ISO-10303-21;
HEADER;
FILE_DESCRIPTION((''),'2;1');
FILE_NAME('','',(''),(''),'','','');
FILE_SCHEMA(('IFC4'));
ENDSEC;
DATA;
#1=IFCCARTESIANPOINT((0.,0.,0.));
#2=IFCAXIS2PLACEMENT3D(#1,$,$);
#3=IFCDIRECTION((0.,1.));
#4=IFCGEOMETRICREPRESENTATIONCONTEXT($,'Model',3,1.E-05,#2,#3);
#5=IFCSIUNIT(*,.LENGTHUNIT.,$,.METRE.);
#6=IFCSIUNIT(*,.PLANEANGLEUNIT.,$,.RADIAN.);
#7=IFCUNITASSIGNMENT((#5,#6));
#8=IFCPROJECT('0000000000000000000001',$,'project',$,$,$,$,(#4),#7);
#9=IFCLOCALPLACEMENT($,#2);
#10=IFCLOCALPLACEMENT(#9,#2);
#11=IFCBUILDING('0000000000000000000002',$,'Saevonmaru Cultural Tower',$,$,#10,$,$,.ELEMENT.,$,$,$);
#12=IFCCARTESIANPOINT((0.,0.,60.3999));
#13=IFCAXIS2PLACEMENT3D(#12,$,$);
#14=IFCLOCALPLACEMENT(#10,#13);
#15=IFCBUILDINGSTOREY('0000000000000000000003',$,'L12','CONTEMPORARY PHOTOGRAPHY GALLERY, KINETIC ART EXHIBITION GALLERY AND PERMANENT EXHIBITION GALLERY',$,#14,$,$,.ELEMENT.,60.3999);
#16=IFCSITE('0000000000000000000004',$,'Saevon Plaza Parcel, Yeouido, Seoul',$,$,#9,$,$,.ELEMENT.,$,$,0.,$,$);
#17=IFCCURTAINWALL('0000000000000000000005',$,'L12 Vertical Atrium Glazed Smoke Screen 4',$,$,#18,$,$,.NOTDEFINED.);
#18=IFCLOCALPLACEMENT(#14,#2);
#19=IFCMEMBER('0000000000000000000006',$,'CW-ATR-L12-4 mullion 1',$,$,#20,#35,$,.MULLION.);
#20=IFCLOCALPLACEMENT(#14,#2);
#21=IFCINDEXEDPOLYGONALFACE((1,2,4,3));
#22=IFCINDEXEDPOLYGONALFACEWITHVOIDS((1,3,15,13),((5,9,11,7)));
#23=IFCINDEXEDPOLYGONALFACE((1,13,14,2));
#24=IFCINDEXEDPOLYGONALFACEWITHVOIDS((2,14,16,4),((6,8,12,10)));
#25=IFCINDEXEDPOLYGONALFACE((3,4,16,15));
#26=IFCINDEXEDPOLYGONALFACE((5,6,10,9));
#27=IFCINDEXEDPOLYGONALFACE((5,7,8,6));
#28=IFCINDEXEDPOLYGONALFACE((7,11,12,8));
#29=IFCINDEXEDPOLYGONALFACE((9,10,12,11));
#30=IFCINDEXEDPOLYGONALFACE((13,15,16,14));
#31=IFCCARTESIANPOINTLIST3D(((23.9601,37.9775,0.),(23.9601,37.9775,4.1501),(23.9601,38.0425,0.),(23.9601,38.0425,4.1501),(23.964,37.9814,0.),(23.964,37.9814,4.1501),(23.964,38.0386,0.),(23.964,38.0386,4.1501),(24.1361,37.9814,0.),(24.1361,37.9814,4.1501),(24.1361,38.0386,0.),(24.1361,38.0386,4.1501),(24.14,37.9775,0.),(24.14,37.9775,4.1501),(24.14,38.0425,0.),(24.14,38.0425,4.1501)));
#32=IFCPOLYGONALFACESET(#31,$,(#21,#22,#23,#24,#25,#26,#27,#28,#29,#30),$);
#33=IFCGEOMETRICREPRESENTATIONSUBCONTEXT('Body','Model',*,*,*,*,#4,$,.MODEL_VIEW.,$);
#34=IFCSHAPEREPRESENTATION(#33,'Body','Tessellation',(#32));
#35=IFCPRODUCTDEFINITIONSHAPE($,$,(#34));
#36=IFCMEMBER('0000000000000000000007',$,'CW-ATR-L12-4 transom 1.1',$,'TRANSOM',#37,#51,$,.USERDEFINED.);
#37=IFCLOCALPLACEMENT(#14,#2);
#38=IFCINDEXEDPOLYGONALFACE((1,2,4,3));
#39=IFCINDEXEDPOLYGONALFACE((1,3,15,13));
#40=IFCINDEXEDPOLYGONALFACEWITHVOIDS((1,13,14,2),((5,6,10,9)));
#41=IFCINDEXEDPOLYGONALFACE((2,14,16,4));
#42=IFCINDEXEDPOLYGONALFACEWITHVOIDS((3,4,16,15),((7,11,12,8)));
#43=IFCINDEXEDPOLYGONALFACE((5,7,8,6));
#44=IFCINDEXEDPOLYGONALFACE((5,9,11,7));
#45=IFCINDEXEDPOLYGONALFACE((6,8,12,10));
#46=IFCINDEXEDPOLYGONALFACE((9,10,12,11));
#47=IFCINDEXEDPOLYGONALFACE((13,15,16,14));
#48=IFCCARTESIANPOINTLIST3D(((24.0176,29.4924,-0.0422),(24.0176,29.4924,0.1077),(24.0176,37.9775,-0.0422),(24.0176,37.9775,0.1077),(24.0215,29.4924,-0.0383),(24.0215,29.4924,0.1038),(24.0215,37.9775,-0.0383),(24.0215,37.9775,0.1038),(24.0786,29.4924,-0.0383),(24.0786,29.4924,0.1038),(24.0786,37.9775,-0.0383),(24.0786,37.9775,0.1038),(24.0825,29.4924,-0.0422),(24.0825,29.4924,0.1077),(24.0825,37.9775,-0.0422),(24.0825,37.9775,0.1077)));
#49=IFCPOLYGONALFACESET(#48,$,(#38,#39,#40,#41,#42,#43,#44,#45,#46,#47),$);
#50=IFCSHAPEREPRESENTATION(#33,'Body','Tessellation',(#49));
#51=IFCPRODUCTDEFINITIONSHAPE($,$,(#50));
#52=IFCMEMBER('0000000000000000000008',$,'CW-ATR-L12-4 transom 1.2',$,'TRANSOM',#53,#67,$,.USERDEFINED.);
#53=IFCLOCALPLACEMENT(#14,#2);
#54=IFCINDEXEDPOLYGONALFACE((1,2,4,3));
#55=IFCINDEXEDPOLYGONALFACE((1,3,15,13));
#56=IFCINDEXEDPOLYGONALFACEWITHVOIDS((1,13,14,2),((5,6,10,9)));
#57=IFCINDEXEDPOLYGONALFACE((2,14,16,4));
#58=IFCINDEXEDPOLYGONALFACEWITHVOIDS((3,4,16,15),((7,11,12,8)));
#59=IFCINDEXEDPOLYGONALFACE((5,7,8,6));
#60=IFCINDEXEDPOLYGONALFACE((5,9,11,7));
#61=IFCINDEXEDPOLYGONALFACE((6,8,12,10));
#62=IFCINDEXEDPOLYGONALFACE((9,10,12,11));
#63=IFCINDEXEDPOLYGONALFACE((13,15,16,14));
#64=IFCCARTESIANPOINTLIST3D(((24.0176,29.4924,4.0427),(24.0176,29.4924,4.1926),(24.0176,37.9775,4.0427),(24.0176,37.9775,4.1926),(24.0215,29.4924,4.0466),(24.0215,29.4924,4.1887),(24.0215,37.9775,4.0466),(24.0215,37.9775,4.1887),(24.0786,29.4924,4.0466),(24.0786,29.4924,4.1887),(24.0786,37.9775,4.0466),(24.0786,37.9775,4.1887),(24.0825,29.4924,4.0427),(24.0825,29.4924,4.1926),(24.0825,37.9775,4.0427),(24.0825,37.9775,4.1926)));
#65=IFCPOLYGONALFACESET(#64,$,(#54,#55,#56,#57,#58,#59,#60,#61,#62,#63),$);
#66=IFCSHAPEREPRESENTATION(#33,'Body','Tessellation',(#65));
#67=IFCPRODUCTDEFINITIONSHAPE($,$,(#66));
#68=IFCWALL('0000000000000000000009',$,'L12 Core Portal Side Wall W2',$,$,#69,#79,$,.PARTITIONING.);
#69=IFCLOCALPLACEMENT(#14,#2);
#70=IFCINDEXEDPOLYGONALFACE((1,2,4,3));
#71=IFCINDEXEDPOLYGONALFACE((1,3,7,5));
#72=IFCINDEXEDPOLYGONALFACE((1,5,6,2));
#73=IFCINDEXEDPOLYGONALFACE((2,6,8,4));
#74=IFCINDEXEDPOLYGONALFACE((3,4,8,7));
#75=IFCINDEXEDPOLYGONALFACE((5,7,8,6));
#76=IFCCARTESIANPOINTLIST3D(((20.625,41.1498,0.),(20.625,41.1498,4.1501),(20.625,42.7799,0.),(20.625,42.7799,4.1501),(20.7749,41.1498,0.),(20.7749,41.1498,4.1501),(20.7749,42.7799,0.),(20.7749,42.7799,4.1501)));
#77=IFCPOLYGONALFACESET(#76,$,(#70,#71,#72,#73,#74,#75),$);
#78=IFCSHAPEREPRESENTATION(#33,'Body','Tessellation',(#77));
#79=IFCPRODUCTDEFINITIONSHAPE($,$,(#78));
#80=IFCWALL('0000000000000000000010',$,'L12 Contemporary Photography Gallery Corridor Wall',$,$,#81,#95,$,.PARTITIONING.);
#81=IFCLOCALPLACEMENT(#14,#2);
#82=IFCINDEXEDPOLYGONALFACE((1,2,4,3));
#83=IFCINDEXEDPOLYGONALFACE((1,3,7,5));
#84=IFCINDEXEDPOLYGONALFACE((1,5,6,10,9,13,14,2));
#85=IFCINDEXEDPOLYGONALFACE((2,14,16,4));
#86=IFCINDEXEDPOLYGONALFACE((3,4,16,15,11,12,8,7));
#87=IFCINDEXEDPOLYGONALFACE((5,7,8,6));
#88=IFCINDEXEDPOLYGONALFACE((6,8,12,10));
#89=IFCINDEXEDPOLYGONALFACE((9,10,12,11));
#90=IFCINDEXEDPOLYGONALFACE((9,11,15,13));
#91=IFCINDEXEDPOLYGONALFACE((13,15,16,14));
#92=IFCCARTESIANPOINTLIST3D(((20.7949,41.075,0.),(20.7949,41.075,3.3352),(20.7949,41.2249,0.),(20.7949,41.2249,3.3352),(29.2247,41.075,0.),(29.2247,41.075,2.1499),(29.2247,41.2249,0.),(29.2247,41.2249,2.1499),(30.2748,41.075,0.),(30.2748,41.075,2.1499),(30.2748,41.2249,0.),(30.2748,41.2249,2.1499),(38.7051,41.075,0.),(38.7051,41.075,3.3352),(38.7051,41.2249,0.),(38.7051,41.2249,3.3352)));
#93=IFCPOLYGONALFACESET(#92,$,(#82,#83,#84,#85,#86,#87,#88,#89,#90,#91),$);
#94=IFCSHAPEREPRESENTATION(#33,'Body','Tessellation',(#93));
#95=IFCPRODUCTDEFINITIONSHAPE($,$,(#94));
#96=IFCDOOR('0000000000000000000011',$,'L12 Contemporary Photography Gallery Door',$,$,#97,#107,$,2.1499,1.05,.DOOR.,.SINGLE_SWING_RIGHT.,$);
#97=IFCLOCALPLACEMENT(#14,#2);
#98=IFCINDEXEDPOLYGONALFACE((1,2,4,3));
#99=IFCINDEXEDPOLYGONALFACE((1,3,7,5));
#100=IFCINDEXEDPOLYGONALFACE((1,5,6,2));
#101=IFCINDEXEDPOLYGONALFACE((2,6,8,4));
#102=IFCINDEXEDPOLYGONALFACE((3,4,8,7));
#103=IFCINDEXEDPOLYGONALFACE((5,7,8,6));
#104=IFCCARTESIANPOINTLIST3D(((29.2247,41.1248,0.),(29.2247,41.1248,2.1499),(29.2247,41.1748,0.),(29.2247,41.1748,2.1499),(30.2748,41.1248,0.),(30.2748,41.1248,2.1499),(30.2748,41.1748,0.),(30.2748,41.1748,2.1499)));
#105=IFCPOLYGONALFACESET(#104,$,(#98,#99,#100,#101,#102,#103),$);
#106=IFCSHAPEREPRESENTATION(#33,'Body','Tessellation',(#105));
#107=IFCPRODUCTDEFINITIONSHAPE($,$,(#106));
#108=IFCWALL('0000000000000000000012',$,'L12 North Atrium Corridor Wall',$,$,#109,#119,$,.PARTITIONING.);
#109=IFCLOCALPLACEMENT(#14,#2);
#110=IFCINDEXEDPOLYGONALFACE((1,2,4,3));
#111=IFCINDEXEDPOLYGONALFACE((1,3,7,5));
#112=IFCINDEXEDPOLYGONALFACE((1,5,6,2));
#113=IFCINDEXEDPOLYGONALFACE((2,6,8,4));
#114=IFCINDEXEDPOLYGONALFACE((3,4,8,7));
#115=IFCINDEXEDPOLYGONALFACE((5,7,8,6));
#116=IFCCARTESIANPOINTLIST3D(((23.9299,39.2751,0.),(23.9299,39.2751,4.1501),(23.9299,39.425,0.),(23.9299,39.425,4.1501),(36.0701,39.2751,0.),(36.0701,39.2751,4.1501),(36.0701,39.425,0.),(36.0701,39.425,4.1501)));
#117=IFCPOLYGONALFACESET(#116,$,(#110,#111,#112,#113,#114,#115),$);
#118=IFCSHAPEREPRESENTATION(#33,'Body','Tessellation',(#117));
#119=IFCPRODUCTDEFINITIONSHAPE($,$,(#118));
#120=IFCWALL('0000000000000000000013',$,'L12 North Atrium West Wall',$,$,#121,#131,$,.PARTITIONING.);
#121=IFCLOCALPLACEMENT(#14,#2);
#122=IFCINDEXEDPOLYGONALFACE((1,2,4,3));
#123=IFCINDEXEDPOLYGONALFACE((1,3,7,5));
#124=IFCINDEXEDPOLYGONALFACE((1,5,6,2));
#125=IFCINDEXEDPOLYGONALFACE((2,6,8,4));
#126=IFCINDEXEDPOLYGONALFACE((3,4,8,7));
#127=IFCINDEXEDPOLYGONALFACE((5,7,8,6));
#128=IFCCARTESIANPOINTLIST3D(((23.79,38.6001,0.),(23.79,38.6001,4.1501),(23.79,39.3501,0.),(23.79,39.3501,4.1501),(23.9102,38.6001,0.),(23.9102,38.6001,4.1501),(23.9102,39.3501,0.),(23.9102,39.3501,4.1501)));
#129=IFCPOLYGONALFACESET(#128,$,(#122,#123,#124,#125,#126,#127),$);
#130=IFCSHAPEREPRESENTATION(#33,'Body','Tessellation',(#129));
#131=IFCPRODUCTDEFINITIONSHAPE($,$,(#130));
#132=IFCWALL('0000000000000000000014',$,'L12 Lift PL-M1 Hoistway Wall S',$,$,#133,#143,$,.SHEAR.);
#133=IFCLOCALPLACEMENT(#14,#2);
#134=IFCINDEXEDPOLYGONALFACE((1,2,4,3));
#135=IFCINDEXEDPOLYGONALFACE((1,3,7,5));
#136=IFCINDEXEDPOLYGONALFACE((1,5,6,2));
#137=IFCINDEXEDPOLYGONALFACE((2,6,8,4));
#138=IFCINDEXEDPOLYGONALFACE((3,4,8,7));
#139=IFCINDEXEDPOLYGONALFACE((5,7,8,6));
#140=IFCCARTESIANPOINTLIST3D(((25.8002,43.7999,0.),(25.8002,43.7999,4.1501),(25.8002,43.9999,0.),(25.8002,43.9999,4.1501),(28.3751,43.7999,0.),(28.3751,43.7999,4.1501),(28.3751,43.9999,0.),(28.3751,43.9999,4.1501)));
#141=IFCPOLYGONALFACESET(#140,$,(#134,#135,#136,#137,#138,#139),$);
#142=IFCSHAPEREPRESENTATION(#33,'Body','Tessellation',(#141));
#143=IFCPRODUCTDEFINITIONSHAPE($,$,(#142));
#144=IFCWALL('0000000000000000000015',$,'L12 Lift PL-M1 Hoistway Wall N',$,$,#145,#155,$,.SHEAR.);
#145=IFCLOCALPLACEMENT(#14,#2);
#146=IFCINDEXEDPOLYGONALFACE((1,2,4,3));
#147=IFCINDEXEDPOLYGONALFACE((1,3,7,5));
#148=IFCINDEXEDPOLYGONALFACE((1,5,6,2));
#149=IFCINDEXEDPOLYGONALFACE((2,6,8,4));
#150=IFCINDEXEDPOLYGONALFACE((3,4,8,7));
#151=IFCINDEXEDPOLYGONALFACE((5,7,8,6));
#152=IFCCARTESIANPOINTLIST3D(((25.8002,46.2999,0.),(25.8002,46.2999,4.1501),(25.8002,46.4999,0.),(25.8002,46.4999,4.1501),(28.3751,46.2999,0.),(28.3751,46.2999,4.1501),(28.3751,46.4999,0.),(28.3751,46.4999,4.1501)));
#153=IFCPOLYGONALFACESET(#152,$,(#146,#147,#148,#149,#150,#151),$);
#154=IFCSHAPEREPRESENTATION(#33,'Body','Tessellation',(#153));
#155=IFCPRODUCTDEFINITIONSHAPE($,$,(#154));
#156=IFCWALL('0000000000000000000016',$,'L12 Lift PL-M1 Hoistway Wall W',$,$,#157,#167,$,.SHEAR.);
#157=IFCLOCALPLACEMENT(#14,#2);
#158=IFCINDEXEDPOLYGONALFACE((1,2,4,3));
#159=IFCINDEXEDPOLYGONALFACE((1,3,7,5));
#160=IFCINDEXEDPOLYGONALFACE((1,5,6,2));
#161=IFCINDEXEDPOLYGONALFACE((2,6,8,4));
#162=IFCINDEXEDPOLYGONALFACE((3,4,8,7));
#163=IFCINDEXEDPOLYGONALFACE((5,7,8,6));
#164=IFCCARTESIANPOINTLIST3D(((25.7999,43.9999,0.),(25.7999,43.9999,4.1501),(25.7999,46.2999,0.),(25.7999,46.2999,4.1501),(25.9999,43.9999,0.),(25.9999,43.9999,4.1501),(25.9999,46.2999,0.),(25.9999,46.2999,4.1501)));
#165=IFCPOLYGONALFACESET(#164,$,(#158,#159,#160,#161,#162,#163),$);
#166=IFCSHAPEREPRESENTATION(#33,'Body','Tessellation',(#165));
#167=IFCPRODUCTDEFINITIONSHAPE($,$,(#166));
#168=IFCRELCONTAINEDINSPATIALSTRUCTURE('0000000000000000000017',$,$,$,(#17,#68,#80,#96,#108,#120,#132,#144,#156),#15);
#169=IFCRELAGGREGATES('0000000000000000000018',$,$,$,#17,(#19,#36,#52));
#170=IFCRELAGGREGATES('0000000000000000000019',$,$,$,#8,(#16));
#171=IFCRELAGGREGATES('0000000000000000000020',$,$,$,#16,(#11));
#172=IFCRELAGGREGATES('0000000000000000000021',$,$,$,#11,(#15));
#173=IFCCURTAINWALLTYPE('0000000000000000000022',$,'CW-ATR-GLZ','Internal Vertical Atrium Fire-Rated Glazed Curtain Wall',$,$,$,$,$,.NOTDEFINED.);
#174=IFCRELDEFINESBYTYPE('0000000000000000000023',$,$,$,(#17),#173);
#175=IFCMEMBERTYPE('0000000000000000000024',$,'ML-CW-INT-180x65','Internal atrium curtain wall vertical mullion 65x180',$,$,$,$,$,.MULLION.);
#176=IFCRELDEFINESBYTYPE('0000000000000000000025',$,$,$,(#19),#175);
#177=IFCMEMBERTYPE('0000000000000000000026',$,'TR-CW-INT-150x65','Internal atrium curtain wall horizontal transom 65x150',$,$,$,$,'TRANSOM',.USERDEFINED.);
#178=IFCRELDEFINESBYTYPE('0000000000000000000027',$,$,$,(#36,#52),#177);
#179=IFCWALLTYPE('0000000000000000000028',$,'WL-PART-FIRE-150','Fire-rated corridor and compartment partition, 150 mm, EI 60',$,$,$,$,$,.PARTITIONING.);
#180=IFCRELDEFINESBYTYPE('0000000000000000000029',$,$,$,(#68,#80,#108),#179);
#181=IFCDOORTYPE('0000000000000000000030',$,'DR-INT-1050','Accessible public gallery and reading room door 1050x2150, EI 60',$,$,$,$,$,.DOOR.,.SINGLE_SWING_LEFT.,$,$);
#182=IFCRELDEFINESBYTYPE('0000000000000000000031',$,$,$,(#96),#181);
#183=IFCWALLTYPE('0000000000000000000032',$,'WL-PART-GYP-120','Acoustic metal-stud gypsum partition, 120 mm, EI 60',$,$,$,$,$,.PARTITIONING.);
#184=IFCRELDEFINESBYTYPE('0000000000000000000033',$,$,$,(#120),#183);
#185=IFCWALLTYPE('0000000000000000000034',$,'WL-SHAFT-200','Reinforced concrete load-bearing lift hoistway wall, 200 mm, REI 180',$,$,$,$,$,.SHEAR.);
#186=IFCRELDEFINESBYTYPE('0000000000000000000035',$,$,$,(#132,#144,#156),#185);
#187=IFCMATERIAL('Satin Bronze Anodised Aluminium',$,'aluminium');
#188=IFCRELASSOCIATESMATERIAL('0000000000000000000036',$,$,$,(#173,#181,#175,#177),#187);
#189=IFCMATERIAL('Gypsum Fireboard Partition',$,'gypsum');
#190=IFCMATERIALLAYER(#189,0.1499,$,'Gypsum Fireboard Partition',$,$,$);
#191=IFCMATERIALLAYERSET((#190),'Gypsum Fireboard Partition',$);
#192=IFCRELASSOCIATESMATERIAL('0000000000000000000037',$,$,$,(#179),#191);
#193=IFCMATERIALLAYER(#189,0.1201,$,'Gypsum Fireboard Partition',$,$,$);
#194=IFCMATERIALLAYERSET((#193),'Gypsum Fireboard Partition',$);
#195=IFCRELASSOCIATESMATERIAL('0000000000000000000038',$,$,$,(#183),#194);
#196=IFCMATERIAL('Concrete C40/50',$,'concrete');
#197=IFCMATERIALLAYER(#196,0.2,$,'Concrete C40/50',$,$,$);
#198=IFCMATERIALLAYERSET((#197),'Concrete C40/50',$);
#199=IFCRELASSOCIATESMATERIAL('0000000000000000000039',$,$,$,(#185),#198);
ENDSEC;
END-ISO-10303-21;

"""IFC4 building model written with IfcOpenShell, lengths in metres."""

from ifc_helpers import new_model, si_unit, direction, frame, frame_2d, origin, origin_2d, place, context, subcontext, project, spatial, rectangle, hollow_rectangle, extrude, material, layer, layer_set, material_profile, profile_set, type_object, element, fill, aggregate, save


model = new_model("IFC4")

# Units and contexts
model_context = context("Model", 3, precision=1e-05, world=origin(), true_north=direction((0.0, 1.0)))
body_context = subcontext(model_context, "Body", "Model", "MODEL_VIEW")
ifc_project = project(units=[si_unit("LENGTHUNIT", "METRE"), si_unit("PLANEANGLEUNIT", "RADIAN")], contexts=[model_context])

# Site, building, storey
site_placement = place(None, origin())
site = spatial("IfcSite", under=ifc_project, at=site_placement, Name="Saevon Plaza Parcel, Yeouido, Seoul", CompositionType="ELEMENT", RefElevation=0.0)
building_placement = place(site_placement, origin())
building = spatial("IfcBuilding", under=site, at=building_placement, Name="Saevonmaru Cultural Tower", CompositionType="ELEMENT")
storey_placement = place(building_placement, frame((0.0, 0.0, 60.3999)))
storey = spatial("IfcBuildingStorey", under=building, at=storey_placement, Name="L12", Description="CONTEMPORARY PHOTOGRAPHY GALLERY, KINETIC ART EXHIBITION GALLERY AND PERMANENT EXHIBITION GALLERY", CompositionType="ELEMENT", Elevation=60.3999)

# Shared definitions
ifc_material_1 = material(Name="Satin Bronze Anodised Aluminium", Category="aluminium")
curtain_wall_type = type_object("IfcCurtainWallType", Name="CW-ATR-GLZ", Description="Internal Vertical Atrium Fire-Rated Glazed Curtain Wall", PredefinedType="NOTDEFINED", material=ifc_material_1)
ifc_material_profile_1 = material_profile(ifc_material_1, hollow_rectangle(XDim=0.0649, YDim=0.1799, WallThickness=0.0039, at=origin_2d()), Name="ALU-MULL-180x65x4")
ifc_profile_set_1 = profile_set([ifc_material_profile_1], Name="Satin Bronze Anodised Aluminium")
member_type_1 = type_object("IfcMemberType", Name="ML-CW-INT-180x65", Description="Internal atrium curtain wall vertical mullion 65x180", PredefinedType="MULLION", material=ifc_profile_set_1)

# Curtain wall, members
curtain_wall_1_placement = place(storey_placement, origin())
curtain_wall_1 = element("IfcCurtainWall", 1, at=curtain_wall_1_placement, inside=storey, type_object=curtain_wall_type, Name="L12 Vertical Atrium Glazed Smoke Screen 4", PredefinedType="NOTDEFINED")
member_1_placement = place(storey_placement, frame((24.05, 38.01, 0.0), z_axis=(0.0, 0.0, 1.0), x_axis=(0.0, -1.0, 0.0)))
member_1 = element("IfcMember", 2, at=member_1_placement, type_object=member_type_1, Name="CW-ATR-L12-4 mullion 1", PredefinedType="MULLION", context=body_context, shape_type="SweptSolid", body=[
    extrude(hollow_rectangle(XDim=0.0649, YDim=0.1799, WallThickness=0.0039, at=origin_2d()), origin(), (0.0, 0.0, 1.0), 4.1501),
])
ifc_material_profile_2 = material_profile(ifc_material_1, hollow_rectangle(XDim=0.0649, YDim=0.1499, WallThickness=0.0039, at=origin_2d()), Name="ALU-TRAN-150x65x4")
ifc_profile_set_2 = profile_set([ifc_material_profile_2], Name="Satin Bronze Anodised Aluminium")
member_type_2 = type_object("IfcMemberType", Name="TR-CW-INT-150x65", Description="Internal atrium curtain wall horizontal transom 65x150", ElementType="TRANSOM", PredefinedType="USERDEFINED", material=ifc_profile_set_2)
member_2_placement = place(storey_placement, frame((24.05, 37.9775, 0.0327), z_axis=(0.0, -1.0, 0.0), x_axis=(1.0, 0.0, 0.0)))
member_2 = element("IfcMember", 3, at=member_2_placement, type_object=member_type_2, Name="CW-ATR-L12-4 transom 1.1", ObjectType="TRANSOM", PredefinedType="USERDEFINED", context=body_context, shape_type="SweptSolid", body=[
    extrude(hollow_rectangle(XDim=0.0649, YDim=0.1499, WallThickness=0.0039, at=origin_2d()), origin(), (0.0, 0.0, 1.0), 8.4851),
])
member_3_placement = place(storey_placement, frame((24.05, 37.9775, 4.1177), z_axis=(0.0, -1.0, 0.0), x_axis=(1.0, 0.0, 0.0)))
member_3 = element("IfcMember", 4, at=member_3_placement, type_object=member_type_2, Name="CW-ATR-L12-4 transom 1.2", ObjectType="TRANSOM", PredefinedType="USERDEFINED", context=body_context, shape_type="SweptSolid", body=[
    extrude(hollow_rectangle(XDim=0.0649, YDim=0.1499, WallThickness=0.0039, at=origin_2d()), origin(), (0.0, 0.0, 1.0), 8.4851),
])
aggregate(curtain_wall_1, [member_1, member_2, member_3])

# Shared definitions
ifc_material_2 = material(Name="Gypsum Fireboard Partition", Category="gypsum")

# Wall
ifc_layer_1 = layer(ifc_material_2, 0.1499, Name="Gypsum Fireboard Partition")
ifc_layer_set_1 = layer_set([ifc_layer_1], Name="Gypsum Fireboard Partition")
wall_type_1 = type_object("IfcWallType", Name="WL-PART-FIRE-150", Description="Fire-rated corridor and compartment partition, 150 mm, EI 60", PredefinedType="PARTITIONING", material=ifc_layer_set_1)
wall_1_placement = place(storey_placement, frame((20.7, 41.1499, 0.0), z_axis=(0.0, 0.0, 1.0), x_axis=(0.0, 1.0, 0.0)))
element("IfcWall", 5, at=wall_1_placement, inside=storey, type_object=wall_type_1, Name="L12 Core Portal Side Wall W2", PredefinedType="PARTITIONING", context=body_context, shape_type="SweptSolid", body=[
    extrude(rectangle(XDim=1.6301, YDim=0.1499, at=frame_2d((0.8149, 0.0))), origin(), (0.0, 0.0, 1.0), 4.1501),
])

# Wall, opening, door
wall_2_placement = place(storey_placement, frame((20.7949, 41.1499, 0.0), z_axis=(0.0, 0.0, 1.0), x_axis=(1.0, 0.0, 0.0)))
wall_2 = element("IfcWall", 6, at=wall_2_placement, inside=storey, type_object=wall_type_1, Name="L12 Contemporary Photography Gallery Corridor Wall", PredefinedType="PARTITIONING", context=body_context, shape_type="SweptSolid", body=[
    extrude(rectangle(XDim=17.9102, YDim=0.1499, at=frame_2d((8.9551, 0.0))), origin(), (0.0, 0.0, 1.0), 3.3352),
])
opening_1_placement = place(wall_2_placement, frame((8.4299, 0.0, 0.0)))
opening_1 = element("IfcOpeningElement", 7, at=opening_1_placement, cuts=wall_2, PredefinedType="OPENING", context=body_context, shape_type="SweptSolid", body=[
    extrude(rectangle(XDim=1.05, YDim=2.1499, at=frame_2d((0.5249, 1.075))), frame((0.0, 0.085, 0.0), z_axis=(0.0, -1.0, 0.0), x_axis=(1.0, 0.0, 0.0)), (0.0, 0.0, 1.0), 0.1699),
])
door_type_1 = type_object("IfcDoorType", Name="DR-INT-1050", Description="Accessible public gallery and reading room door 1050x2150, EI 60", OperationType="SINGLE_SWING_LEFT", PredefinedType="DOOR", material=ifc_material_1)
door_1_placement = place(opening_1_placement, origin())
door_1 = element("IfcDoor", 8, at=door_1_placement, inside=storey, type_object=door_type_1, Name="L12 Contemporary Photography Gallery Door", OperationType="SINGLE_SWING_RIGHT", OverallHeight=2.1499, OverallWidth=1.05, PredefinedType="DOOR", context=body_context, shape_type="SweptSolid", body=[
    extrude(rectangle(XDim=1.05, YDim=2.1499, at=frame_2d((0.5249, 1.075))), frame((0.0, 0.0249, 0.0), z_axis=(0.0, -1.0, 0.0), x_axis=(1.0, 0.0, 0.0)), (0.0, 0.0, 1.0), 0.05),
])
fill(opening_1, door_1)

# Walls
wall_3_placement = place(storey_placement, frame((23.9299, 39.3501, 0.0), z_axis=(0.0, 0.0, 1.0), x_axis=(1.0, 0.0, 0.0)))
element("IfcWall", 9, at=wall_3_placement, inside=storey, type_object=wall_type_1, Name="L12 North Atrium Corridor Wall", PredefinedType="PARTITIONING", context=body_context, shape_type="SweptSolid", body=[
    extrude(rectangle(XDim=12.1401, YDim=0.1499, at=frame_2d((6.0701, 0.0))), origin(), (0.0, 0.0, 1.0), 4.1501),
])
ifc_layer_2 = layer(ifc_material_2, 0.1201, Name="Gypsum Fireboard Partition")
ifc_layer_set_2 = layer_set([ifc_layer_2], Name="Gypsum Fireboard Partition")
wall_type_2 = type_object("IfcWallType", Name="WL-PART-GYP-120", Description="Acoustic metal-stud gypsum partition, 120 mm, EI 60", PredefinedType="PARTITIONING", material=ifc_layer_set_2)
wall_4_placement = place(storey_placement, frame((23.8501, 38.6001, 0.0), z_axis=(0.0, 0.0, 1.0), x_axis=(0.0, 1.0, 0.0)))
element("IfcWall", 10, at=wall_4_placement, inside=storey, type_object=wall_type_2, Name="L12 North Atrium West Wall", PredefinedType="PARTITIONING", context=body_context, shape_type="SweptSolid", body=[
    extrude(rectangle(XDim=0.75, YDim=0.1201, at=frame_2d((0.375, 0.0))), origin(), (0.0, 0.0, 1.0), 4.1501),
])
ifc_material_3 = material(Name="Concrete C40/50", Category="concrete")
ifc_layer_3 = layer(ifc_material_3, 0.2, Name="Concrete C40/50")
ifc_layer_set_3 = layer_set([ifc_layer_3], Name="Concrete C40/50")
wall_type_3 = type_object("IfcWallType", Name="WL-SHAFT-200", Description="Reinforced concrete load-bearing lift hoistway wall, 200 mm, REI 180", PredefinedType="SHEAR", material=ifc_layer_set_3)
for number, where, z_axis, x_axis, name in (
    (11, (25.8, 43.8999, 0.0), (0.0, 0.0, 1.0), (1.0, 0.0, 0.0), "L12 Lift PL-M1 Hoistway Wall S"),
    (12, (25.8, 46.3999, 0.0), (0.0, 0.0, 1.0), (1.0, 0.0, 0.0), "L12 Lift PL-M1 Hoistway Wall N"),
):
    element("IfcWall", number, at=place(storey_placement, frame(where, z_axis=z_axis, x_axis=x_axis)), inside=storey, type_object=wall_type_3, Name=name, PredefinedType="SHEAR", context=body_context, shape_type="SweptSolid", body=[
        extrude(rectangle(XDim=2.575, YDim=0.2, at=frame_2d((1.2876, 0.0))), origin(), (0.0, 0.0, 1.0), 4.1501),
    ])
wall_5_placement = place(storey_placement, frame((25.8999, 44.0, 0.0), z_axis=(0.0, 0.0, 1.0), x_axis=(0.0, 1.0, 0.0)))
element("IfcWall", 13, at=wall_5_placement, inside=storey, type_object=wall_type_3, Name="L12 Lift PL-M1 Hoistway Wall W", PredefinedType="SHEAR", context=body_context, shape_type="SweptSolid", body=[
    extrude(rectangle(XDim=2.3, YDim=0.2, at=frame_2d((1.1499, 0.0))), origin(), (0.0, 0.0, 1.0), 4.1501),
])

save(model, "model.ifc")
